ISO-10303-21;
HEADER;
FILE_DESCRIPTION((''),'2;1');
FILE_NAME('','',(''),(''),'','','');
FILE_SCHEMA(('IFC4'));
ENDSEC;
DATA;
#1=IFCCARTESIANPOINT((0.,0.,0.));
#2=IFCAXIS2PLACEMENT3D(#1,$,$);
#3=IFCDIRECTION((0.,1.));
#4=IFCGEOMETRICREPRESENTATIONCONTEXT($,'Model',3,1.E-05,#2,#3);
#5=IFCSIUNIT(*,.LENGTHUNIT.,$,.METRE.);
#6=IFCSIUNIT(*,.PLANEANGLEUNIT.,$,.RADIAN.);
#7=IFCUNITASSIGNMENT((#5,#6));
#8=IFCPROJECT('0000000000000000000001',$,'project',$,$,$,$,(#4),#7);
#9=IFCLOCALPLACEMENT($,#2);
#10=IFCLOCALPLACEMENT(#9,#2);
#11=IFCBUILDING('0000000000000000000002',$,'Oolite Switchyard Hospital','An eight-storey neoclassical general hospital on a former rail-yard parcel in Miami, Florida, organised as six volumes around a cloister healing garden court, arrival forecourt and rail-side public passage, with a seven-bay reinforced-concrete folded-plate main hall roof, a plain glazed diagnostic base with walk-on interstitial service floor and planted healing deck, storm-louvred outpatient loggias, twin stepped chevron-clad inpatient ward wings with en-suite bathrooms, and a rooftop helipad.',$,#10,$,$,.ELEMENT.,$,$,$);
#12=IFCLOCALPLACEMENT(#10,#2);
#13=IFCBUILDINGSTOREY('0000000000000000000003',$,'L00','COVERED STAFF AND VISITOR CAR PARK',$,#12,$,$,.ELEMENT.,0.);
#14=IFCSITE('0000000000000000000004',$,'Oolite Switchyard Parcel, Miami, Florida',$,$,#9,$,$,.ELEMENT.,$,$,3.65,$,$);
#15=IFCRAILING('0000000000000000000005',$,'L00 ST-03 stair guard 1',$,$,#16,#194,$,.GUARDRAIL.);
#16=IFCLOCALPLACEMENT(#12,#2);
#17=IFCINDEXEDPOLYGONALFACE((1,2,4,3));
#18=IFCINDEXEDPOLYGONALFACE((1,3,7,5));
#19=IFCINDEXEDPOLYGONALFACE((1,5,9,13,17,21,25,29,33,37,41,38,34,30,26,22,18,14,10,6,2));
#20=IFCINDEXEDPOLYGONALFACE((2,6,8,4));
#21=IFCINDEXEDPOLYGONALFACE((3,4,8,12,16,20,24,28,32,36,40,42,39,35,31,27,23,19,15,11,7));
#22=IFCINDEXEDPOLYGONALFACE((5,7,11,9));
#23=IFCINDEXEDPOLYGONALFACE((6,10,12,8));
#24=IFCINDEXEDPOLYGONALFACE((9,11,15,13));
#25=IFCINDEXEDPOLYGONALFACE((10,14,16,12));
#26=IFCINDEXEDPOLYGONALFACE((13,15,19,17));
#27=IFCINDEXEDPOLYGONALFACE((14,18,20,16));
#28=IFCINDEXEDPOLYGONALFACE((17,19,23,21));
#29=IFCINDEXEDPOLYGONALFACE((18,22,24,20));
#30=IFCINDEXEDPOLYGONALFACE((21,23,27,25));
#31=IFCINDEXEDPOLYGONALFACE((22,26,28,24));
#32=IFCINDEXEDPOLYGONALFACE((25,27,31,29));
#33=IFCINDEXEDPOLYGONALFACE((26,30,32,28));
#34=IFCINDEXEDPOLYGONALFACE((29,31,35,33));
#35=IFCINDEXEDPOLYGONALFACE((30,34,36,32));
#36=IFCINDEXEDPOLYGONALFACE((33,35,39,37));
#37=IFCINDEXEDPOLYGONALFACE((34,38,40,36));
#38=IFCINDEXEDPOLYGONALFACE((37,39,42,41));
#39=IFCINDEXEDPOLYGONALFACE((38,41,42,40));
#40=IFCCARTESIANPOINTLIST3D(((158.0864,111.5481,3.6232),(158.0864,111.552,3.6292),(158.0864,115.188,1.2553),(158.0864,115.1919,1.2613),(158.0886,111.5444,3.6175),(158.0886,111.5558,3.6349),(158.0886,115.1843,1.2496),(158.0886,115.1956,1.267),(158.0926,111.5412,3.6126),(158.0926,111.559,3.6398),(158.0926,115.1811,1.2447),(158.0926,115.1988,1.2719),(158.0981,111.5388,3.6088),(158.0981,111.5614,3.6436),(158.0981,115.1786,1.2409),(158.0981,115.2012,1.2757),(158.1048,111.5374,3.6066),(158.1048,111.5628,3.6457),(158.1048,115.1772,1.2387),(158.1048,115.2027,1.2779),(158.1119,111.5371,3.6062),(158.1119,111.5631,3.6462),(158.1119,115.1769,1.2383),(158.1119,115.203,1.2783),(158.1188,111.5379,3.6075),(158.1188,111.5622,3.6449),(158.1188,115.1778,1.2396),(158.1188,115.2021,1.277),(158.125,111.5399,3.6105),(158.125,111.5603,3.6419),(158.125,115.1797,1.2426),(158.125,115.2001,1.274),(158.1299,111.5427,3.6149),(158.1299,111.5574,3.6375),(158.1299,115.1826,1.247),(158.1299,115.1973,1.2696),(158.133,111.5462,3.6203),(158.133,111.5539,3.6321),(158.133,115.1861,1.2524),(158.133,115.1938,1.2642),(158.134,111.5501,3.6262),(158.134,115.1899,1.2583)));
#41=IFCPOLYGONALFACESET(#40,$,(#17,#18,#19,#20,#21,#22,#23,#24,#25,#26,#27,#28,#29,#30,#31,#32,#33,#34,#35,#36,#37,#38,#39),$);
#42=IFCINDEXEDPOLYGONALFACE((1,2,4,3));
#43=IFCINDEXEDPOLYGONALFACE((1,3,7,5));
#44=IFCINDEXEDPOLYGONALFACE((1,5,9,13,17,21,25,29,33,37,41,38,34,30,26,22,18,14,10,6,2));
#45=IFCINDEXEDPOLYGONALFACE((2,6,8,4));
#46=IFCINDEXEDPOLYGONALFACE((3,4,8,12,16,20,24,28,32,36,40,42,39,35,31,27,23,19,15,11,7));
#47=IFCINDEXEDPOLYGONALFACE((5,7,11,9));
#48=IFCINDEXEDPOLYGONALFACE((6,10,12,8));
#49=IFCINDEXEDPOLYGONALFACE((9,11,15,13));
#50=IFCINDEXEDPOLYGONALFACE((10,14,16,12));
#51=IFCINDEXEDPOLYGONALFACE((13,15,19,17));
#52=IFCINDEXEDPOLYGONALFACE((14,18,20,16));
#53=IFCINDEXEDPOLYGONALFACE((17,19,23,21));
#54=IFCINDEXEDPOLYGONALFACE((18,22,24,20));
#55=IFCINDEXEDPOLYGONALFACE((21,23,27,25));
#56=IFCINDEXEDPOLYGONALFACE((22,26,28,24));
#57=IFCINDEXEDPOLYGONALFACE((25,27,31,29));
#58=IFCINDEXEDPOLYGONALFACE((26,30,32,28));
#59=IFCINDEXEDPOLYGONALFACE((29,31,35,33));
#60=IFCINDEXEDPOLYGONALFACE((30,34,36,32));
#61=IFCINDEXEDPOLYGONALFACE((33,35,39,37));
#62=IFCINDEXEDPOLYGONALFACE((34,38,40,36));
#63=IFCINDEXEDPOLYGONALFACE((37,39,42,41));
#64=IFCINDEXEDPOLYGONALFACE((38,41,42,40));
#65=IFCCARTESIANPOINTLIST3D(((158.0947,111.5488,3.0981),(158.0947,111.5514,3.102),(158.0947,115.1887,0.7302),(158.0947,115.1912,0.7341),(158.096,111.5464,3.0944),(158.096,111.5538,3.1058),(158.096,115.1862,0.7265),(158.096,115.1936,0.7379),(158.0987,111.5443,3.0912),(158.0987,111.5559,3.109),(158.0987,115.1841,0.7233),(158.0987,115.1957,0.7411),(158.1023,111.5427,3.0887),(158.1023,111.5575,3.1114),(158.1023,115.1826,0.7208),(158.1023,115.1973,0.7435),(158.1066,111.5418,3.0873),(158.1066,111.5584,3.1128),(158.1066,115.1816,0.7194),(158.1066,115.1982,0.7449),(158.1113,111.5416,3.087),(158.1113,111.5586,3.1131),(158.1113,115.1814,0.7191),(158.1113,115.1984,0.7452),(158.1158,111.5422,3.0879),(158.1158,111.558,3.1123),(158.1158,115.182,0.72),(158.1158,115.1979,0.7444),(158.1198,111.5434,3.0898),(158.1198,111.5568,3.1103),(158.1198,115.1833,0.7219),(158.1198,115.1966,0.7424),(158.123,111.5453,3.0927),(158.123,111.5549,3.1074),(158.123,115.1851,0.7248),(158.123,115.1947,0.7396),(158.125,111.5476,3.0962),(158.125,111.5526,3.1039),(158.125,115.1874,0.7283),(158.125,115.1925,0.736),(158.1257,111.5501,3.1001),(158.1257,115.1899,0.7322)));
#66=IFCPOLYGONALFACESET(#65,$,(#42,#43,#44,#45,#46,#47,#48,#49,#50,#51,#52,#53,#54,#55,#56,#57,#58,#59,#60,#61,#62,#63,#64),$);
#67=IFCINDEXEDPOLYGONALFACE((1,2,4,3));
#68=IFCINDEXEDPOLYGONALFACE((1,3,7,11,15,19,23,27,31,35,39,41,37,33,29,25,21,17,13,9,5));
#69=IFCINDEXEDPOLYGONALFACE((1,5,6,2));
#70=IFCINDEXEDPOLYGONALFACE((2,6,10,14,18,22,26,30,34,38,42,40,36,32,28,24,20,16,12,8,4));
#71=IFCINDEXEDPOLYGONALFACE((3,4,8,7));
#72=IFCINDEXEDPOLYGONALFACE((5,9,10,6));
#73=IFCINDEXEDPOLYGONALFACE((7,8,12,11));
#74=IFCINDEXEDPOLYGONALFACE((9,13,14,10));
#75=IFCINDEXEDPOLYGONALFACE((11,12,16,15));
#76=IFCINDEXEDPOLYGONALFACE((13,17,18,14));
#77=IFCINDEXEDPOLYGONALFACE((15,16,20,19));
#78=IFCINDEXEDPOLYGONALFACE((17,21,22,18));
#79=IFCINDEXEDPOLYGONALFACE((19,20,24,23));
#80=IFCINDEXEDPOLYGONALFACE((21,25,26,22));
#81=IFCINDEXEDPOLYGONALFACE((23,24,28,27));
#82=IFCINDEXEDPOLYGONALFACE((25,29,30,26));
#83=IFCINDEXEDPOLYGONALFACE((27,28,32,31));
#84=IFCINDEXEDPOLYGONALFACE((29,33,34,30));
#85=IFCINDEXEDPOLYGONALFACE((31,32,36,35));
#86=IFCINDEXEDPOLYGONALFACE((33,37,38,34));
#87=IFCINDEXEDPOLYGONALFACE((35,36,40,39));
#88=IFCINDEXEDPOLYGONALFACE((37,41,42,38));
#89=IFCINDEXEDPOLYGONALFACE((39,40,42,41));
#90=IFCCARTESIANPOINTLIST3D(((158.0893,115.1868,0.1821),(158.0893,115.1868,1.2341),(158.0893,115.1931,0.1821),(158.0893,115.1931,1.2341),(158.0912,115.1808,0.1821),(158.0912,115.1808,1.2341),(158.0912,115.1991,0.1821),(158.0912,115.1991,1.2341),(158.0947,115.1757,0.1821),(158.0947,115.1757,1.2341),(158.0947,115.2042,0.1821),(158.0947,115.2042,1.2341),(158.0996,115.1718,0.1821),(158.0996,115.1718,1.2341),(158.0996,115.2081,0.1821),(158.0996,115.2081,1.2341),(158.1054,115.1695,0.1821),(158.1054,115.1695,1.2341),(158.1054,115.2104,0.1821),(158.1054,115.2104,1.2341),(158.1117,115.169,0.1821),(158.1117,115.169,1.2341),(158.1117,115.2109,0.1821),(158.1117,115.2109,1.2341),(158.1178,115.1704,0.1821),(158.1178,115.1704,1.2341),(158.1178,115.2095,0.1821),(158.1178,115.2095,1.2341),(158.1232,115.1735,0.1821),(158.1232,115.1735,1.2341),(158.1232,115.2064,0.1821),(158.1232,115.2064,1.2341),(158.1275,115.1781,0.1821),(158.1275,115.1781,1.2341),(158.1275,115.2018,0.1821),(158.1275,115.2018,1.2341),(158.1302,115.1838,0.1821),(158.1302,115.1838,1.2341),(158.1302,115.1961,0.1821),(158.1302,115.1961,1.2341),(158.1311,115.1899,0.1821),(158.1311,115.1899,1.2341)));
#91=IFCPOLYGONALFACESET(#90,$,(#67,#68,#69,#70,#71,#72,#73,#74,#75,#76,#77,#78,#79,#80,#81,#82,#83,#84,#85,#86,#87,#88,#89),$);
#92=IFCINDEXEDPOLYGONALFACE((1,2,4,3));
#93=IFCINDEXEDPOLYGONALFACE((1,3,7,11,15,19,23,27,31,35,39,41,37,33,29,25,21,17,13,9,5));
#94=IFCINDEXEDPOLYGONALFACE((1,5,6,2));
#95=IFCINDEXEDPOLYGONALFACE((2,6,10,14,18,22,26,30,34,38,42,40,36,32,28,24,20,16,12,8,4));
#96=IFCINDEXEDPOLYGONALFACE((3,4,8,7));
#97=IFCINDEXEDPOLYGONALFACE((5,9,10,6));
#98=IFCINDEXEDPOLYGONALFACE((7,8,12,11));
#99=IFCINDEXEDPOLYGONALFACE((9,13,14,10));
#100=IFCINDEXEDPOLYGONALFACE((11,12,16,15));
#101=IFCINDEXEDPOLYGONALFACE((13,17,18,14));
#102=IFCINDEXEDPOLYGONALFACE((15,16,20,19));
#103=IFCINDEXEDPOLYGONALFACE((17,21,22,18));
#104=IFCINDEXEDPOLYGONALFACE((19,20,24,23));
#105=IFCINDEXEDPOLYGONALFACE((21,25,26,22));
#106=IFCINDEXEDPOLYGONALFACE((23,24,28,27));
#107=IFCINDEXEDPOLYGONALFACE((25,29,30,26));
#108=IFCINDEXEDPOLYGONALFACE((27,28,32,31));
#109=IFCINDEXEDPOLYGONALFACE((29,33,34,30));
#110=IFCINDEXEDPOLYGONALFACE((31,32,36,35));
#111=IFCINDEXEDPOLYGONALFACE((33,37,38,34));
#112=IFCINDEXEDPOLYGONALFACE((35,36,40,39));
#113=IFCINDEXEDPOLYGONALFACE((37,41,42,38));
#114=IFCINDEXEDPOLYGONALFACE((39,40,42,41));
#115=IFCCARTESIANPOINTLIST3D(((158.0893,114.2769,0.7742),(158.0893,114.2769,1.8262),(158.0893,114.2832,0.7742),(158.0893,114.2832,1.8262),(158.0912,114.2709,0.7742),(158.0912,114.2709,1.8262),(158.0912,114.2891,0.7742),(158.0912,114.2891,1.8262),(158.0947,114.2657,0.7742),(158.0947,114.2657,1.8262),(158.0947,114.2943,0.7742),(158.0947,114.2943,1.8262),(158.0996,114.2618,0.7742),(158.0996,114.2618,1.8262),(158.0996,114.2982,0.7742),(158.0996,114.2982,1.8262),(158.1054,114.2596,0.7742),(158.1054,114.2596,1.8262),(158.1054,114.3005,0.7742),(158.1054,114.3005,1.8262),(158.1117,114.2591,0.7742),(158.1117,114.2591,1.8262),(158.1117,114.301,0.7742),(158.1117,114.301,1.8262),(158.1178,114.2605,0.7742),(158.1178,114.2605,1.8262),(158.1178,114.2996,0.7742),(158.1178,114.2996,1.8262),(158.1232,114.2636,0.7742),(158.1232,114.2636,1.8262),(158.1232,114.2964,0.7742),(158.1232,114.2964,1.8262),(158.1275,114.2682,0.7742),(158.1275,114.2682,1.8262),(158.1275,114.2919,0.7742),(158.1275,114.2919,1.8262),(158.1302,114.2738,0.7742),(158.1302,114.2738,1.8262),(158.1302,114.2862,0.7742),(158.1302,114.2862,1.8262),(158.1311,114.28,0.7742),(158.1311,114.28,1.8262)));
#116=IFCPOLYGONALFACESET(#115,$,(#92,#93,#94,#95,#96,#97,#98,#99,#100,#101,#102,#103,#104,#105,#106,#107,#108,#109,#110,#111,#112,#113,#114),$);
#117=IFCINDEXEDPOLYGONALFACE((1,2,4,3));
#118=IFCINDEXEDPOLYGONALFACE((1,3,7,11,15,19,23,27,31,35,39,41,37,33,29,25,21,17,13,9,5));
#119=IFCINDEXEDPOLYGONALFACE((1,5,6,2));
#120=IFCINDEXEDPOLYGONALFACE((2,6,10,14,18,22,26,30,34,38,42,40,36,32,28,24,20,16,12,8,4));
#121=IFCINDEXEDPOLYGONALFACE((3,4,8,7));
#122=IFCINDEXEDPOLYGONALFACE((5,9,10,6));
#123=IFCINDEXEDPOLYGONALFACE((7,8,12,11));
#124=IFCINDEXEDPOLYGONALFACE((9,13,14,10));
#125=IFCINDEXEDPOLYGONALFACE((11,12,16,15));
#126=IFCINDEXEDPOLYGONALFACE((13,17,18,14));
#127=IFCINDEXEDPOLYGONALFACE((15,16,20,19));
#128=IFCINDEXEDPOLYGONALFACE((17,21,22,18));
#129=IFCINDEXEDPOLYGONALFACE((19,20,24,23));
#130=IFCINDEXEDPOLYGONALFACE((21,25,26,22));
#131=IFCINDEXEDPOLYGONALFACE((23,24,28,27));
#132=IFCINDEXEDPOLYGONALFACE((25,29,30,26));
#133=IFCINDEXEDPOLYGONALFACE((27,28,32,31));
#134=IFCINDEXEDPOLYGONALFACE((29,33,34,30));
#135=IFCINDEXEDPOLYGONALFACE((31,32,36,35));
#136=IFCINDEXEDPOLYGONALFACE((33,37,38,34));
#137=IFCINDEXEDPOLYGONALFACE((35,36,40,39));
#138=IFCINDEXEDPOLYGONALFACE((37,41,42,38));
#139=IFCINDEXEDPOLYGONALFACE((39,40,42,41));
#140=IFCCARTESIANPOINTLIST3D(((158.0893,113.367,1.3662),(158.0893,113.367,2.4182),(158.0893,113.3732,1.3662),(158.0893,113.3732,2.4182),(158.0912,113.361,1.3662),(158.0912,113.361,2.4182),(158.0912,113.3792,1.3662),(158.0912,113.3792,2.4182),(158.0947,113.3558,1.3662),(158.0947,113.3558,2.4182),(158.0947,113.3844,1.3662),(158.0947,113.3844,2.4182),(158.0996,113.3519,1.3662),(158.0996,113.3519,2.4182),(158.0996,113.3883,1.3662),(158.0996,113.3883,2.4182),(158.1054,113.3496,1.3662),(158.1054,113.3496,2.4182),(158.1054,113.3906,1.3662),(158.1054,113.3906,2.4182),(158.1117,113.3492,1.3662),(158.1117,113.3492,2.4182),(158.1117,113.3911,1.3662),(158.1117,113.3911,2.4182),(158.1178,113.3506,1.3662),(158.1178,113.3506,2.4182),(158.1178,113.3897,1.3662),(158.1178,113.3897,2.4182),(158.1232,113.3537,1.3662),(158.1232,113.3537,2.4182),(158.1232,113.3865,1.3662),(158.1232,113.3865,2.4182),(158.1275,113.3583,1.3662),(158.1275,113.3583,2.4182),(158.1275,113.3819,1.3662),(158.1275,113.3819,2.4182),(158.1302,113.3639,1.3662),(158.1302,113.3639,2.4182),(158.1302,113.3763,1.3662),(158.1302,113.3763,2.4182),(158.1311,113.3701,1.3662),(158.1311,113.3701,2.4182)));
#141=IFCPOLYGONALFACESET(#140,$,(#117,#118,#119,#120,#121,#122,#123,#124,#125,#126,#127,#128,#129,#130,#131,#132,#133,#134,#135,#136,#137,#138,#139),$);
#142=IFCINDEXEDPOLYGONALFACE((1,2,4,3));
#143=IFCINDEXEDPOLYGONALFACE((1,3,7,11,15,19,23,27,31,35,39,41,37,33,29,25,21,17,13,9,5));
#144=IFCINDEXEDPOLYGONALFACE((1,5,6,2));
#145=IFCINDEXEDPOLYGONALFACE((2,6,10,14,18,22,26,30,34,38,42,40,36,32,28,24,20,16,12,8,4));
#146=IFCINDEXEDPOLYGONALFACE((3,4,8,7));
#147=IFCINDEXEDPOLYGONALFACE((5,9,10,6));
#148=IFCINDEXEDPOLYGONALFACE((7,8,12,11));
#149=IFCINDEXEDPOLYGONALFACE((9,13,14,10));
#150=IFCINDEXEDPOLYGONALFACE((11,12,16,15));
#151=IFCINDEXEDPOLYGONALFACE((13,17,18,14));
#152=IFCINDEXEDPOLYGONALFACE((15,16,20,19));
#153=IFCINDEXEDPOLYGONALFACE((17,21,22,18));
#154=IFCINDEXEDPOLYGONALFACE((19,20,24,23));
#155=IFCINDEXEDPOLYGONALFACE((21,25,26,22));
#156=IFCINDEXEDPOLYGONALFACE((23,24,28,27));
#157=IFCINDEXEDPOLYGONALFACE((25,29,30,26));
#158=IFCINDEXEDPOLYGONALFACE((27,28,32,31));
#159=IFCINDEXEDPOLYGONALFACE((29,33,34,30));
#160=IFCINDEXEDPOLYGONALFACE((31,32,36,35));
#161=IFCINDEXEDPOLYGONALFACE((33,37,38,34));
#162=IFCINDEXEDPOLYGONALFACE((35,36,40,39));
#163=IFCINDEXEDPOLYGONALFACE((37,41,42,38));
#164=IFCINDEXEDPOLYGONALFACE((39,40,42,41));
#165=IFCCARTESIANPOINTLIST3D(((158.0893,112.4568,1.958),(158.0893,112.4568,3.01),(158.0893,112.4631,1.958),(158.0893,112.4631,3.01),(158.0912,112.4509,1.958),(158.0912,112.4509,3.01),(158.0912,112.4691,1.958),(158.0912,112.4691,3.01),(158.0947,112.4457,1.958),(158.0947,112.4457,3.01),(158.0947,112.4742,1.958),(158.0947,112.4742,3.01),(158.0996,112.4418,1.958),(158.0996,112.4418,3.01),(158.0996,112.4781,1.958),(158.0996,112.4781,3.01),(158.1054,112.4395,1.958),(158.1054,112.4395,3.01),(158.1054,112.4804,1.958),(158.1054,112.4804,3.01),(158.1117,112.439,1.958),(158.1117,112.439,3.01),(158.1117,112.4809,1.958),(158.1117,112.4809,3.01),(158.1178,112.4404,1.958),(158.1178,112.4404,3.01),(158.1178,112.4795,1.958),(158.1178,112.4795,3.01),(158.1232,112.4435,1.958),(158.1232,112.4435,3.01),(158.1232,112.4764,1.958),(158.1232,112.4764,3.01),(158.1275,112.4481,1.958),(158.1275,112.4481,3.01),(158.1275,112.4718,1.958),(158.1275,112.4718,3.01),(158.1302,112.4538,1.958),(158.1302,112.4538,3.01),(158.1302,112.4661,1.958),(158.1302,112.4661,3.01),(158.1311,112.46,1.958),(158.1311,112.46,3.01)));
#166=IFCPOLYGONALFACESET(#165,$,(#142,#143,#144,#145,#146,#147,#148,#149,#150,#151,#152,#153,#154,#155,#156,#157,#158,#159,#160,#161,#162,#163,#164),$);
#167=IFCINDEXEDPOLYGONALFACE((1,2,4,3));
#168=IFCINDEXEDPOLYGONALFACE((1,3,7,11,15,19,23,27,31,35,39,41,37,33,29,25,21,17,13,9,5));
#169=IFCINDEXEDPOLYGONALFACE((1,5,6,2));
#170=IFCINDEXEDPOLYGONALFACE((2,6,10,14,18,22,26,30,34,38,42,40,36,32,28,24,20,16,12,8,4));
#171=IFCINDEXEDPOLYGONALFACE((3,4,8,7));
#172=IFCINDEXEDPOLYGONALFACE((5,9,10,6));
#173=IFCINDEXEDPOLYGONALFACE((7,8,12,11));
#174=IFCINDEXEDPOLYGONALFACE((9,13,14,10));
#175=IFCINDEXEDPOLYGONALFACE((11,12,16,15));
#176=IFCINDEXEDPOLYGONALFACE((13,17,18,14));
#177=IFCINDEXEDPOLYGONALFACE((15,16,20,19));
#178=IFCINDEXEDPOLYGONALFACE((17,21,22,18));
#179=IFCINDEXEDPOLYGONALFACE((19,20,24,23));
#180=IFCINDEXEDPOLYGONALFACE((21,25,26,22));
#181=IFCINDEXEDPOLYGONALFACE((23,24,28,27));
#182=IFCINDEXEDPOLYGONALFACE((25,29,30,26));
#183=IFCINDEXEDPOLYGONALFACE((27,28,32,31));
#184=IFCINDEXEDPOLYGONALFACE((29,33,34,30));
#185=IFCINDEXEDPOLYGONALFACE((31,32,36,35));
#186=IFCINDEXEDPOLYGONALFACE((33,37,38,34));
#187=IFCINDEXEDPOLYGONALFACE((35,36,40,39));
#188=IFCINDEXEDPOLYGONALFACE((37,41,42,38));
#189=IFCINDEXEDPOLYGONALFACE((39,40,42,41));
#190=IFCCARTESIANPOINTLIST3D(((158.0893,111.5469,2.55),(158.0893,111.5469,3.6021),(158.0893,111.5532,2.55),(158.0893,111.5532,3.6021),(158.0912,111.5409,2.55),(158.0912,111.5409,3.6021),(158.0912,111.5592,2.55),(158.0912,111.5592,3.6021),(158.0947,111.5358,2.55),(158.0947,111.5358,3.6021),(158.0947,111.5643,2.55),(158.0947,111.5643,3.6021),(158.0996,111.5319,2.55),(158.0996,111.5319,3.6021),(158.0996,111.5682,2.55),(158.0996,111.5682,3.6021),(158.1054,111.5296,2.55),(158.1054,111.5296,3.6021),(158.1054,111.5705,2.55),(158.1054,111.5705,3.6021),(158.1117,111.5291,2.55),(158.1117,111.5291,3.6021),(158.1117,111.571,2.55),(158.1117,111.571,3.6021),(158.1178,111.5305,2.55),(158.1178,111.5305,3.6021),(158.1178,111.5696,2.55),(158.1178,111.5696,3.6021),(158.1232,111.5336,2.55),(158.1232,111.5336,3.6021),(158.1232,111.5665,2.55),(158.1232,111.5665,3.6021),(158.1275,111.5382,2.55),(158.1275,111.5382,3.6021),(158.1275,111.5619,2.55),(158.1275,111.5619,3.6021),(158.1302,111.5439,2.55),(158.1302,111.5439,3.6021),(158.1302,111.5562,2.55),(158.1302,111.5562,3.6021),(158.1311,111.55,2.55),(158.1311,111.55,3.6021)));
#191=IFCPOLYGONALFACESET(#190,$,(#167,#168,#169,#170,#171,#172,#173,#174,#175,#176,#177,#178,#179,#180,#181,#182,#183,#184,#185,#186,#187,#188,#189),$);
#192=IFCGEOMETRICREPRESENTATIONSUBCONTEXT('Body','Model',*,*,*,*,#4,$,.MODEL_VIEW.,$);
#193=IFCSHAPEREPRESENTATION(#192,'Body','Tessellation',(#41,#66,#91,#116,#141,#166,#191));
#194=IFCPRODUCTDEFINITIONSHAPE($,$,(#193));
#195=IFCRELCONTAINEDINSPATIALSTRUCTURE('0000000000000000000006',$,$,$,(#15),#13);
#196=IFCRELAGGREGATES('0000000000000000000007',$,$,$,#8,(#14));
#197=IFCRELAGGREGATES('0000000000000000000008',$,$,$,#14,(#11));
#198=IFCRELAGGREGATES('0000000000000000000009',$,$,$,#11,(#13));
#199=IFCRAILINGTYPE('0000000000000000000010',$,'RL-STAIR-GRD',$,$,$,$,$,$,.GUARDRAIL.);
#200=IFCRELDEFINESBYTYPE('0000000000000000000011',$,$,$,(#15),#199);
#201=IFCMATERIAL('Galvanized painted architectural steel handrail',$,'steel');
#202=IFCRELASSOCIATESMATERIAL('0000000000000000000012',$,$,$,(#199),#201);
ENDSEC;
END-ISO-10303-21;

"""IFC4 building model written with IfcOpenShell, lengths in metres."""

from ifc_helpers import new_model, si_unit, direction, frame, origin, origin_2d, place, context, subcontext, project, spatial, circle, extrude, material, type_object, element, save


model = new_model("IFC4")

# Units and contexts
model_context = context("Model", 3, precision=1e-05, world=origin(), true_north=direction((0.0, 1.0)))
body_context = subcontext(model_context, "Body", "Model", "MODEL_VIEW")
ifc_project = project(units=[si_unit("LENGTHUNIT", "METRE"), si_unit("PLANEANGLEUNIT", "RADIAN")], contexts=[model_context])

# Site, building, storey
site_placement = place(None, origin())
site = spatial("IfcSite", under=ifc_project, at=site_placement, Name="Oolite Switchyard Parcel, Miami, Florida", CompositionType="ELEMENT", RefElevation=3.65)
building_placement = place(site_placement, origin())
building = spatial("IfcBuilding", under=site, at=building_placement, Name="Oolite Switchyard Hospital", Description="An eight-storey neoclassical general hospital on a former rail-yard parcel in Miami, Florida, organised as six volumes around a cloister healing garden court, arrival forecourt and rail-side public passage, with a seven-bay reinforced-concrete folded-plate main hall roof, a plain glazed diagnostic base with walk-on interstitial service floor and planted healing deck, storm-louvred outpatient loggias, twin stepped chevron-clad inpatient ward wings with en-suite bathrooms, and a rooftop helipad.", CompositionType="ELEMENT")
storey_placement = place(building_placement, origin())
storey = spatial("IfcBuildingStorey", under=building, at=storey_placement, Name="L00", Description="COVERED STAFF AND VISITOR CAR PARK", CompositionType="ELEMENT", Elevation=0.0)

# Railing
ifc_material_1 = material(Name="Galvanized painted architectural steel handrail", Category="steel")
railing_type_1 = type_object("IfcRailingType", Name="RL-STAIR-GRD", PredefinedType="GUARDRAIL", material=ifc_material_1)
railing_1_placement = place(storey_placement, frame((158.1101, 115.1899, 0.1821)))
element("IfcRailing", 1, at=railing_1_placement, inside=storey, type_object=railing_type_1, Name="L00 ST-03 stair guard 1", PredefinedType="GUARDRAIL", context=body_context, shape_type="SweptSolid", body=[
    extrude(circle(Radius=0.0239, at=origin_2d()), frame((0.0, 0.0, 1.0762), z_axis=(0.0, -0.838234, 0.54531), x_axis=(1.0, 0.0, 0.0)), (0.0, 0.0, 1.0), 4.3423),
    extrude(circle(Radius=0.0156, at=origin_2d()), frame((0.0, 0.0, 0.55), z_axis=(0.0, -0.838234, 0.54531), x_axis=(1.0, 0.0, 0.0)), (0.0, 0.0, 1.0), 4.3423),
    extrude(circle(Radius=0.021, at=origin_2d()), origin(), (0.0, 0.0, 1.0), 1.052),
    extrude(circle(Radius=0.021, at=origin_2d()), frame((0.0, -0.9099, 0.592)), (0.0, 0.0, 1.0), 1.052),
    extrude(circle(Radius=0.021, at=origin_2d()), frame((0.0, -1.8198, 1.1841)), (0.0, 0.0, 1.0), 1.052),
    extrude(circle(Radius=0.021, at=origin_2d()), frame((0.0, -2.73, 1.7759)), (0.0, 0.0, 1.0), 1.052),
    extrude(circle(Radius=0.021, at=origin_2d()), frame((0.0, -3.6399, 2.3679)), (0.0, 0.0, 1.0), 1.052),
])

save(model, "model.ifc")
